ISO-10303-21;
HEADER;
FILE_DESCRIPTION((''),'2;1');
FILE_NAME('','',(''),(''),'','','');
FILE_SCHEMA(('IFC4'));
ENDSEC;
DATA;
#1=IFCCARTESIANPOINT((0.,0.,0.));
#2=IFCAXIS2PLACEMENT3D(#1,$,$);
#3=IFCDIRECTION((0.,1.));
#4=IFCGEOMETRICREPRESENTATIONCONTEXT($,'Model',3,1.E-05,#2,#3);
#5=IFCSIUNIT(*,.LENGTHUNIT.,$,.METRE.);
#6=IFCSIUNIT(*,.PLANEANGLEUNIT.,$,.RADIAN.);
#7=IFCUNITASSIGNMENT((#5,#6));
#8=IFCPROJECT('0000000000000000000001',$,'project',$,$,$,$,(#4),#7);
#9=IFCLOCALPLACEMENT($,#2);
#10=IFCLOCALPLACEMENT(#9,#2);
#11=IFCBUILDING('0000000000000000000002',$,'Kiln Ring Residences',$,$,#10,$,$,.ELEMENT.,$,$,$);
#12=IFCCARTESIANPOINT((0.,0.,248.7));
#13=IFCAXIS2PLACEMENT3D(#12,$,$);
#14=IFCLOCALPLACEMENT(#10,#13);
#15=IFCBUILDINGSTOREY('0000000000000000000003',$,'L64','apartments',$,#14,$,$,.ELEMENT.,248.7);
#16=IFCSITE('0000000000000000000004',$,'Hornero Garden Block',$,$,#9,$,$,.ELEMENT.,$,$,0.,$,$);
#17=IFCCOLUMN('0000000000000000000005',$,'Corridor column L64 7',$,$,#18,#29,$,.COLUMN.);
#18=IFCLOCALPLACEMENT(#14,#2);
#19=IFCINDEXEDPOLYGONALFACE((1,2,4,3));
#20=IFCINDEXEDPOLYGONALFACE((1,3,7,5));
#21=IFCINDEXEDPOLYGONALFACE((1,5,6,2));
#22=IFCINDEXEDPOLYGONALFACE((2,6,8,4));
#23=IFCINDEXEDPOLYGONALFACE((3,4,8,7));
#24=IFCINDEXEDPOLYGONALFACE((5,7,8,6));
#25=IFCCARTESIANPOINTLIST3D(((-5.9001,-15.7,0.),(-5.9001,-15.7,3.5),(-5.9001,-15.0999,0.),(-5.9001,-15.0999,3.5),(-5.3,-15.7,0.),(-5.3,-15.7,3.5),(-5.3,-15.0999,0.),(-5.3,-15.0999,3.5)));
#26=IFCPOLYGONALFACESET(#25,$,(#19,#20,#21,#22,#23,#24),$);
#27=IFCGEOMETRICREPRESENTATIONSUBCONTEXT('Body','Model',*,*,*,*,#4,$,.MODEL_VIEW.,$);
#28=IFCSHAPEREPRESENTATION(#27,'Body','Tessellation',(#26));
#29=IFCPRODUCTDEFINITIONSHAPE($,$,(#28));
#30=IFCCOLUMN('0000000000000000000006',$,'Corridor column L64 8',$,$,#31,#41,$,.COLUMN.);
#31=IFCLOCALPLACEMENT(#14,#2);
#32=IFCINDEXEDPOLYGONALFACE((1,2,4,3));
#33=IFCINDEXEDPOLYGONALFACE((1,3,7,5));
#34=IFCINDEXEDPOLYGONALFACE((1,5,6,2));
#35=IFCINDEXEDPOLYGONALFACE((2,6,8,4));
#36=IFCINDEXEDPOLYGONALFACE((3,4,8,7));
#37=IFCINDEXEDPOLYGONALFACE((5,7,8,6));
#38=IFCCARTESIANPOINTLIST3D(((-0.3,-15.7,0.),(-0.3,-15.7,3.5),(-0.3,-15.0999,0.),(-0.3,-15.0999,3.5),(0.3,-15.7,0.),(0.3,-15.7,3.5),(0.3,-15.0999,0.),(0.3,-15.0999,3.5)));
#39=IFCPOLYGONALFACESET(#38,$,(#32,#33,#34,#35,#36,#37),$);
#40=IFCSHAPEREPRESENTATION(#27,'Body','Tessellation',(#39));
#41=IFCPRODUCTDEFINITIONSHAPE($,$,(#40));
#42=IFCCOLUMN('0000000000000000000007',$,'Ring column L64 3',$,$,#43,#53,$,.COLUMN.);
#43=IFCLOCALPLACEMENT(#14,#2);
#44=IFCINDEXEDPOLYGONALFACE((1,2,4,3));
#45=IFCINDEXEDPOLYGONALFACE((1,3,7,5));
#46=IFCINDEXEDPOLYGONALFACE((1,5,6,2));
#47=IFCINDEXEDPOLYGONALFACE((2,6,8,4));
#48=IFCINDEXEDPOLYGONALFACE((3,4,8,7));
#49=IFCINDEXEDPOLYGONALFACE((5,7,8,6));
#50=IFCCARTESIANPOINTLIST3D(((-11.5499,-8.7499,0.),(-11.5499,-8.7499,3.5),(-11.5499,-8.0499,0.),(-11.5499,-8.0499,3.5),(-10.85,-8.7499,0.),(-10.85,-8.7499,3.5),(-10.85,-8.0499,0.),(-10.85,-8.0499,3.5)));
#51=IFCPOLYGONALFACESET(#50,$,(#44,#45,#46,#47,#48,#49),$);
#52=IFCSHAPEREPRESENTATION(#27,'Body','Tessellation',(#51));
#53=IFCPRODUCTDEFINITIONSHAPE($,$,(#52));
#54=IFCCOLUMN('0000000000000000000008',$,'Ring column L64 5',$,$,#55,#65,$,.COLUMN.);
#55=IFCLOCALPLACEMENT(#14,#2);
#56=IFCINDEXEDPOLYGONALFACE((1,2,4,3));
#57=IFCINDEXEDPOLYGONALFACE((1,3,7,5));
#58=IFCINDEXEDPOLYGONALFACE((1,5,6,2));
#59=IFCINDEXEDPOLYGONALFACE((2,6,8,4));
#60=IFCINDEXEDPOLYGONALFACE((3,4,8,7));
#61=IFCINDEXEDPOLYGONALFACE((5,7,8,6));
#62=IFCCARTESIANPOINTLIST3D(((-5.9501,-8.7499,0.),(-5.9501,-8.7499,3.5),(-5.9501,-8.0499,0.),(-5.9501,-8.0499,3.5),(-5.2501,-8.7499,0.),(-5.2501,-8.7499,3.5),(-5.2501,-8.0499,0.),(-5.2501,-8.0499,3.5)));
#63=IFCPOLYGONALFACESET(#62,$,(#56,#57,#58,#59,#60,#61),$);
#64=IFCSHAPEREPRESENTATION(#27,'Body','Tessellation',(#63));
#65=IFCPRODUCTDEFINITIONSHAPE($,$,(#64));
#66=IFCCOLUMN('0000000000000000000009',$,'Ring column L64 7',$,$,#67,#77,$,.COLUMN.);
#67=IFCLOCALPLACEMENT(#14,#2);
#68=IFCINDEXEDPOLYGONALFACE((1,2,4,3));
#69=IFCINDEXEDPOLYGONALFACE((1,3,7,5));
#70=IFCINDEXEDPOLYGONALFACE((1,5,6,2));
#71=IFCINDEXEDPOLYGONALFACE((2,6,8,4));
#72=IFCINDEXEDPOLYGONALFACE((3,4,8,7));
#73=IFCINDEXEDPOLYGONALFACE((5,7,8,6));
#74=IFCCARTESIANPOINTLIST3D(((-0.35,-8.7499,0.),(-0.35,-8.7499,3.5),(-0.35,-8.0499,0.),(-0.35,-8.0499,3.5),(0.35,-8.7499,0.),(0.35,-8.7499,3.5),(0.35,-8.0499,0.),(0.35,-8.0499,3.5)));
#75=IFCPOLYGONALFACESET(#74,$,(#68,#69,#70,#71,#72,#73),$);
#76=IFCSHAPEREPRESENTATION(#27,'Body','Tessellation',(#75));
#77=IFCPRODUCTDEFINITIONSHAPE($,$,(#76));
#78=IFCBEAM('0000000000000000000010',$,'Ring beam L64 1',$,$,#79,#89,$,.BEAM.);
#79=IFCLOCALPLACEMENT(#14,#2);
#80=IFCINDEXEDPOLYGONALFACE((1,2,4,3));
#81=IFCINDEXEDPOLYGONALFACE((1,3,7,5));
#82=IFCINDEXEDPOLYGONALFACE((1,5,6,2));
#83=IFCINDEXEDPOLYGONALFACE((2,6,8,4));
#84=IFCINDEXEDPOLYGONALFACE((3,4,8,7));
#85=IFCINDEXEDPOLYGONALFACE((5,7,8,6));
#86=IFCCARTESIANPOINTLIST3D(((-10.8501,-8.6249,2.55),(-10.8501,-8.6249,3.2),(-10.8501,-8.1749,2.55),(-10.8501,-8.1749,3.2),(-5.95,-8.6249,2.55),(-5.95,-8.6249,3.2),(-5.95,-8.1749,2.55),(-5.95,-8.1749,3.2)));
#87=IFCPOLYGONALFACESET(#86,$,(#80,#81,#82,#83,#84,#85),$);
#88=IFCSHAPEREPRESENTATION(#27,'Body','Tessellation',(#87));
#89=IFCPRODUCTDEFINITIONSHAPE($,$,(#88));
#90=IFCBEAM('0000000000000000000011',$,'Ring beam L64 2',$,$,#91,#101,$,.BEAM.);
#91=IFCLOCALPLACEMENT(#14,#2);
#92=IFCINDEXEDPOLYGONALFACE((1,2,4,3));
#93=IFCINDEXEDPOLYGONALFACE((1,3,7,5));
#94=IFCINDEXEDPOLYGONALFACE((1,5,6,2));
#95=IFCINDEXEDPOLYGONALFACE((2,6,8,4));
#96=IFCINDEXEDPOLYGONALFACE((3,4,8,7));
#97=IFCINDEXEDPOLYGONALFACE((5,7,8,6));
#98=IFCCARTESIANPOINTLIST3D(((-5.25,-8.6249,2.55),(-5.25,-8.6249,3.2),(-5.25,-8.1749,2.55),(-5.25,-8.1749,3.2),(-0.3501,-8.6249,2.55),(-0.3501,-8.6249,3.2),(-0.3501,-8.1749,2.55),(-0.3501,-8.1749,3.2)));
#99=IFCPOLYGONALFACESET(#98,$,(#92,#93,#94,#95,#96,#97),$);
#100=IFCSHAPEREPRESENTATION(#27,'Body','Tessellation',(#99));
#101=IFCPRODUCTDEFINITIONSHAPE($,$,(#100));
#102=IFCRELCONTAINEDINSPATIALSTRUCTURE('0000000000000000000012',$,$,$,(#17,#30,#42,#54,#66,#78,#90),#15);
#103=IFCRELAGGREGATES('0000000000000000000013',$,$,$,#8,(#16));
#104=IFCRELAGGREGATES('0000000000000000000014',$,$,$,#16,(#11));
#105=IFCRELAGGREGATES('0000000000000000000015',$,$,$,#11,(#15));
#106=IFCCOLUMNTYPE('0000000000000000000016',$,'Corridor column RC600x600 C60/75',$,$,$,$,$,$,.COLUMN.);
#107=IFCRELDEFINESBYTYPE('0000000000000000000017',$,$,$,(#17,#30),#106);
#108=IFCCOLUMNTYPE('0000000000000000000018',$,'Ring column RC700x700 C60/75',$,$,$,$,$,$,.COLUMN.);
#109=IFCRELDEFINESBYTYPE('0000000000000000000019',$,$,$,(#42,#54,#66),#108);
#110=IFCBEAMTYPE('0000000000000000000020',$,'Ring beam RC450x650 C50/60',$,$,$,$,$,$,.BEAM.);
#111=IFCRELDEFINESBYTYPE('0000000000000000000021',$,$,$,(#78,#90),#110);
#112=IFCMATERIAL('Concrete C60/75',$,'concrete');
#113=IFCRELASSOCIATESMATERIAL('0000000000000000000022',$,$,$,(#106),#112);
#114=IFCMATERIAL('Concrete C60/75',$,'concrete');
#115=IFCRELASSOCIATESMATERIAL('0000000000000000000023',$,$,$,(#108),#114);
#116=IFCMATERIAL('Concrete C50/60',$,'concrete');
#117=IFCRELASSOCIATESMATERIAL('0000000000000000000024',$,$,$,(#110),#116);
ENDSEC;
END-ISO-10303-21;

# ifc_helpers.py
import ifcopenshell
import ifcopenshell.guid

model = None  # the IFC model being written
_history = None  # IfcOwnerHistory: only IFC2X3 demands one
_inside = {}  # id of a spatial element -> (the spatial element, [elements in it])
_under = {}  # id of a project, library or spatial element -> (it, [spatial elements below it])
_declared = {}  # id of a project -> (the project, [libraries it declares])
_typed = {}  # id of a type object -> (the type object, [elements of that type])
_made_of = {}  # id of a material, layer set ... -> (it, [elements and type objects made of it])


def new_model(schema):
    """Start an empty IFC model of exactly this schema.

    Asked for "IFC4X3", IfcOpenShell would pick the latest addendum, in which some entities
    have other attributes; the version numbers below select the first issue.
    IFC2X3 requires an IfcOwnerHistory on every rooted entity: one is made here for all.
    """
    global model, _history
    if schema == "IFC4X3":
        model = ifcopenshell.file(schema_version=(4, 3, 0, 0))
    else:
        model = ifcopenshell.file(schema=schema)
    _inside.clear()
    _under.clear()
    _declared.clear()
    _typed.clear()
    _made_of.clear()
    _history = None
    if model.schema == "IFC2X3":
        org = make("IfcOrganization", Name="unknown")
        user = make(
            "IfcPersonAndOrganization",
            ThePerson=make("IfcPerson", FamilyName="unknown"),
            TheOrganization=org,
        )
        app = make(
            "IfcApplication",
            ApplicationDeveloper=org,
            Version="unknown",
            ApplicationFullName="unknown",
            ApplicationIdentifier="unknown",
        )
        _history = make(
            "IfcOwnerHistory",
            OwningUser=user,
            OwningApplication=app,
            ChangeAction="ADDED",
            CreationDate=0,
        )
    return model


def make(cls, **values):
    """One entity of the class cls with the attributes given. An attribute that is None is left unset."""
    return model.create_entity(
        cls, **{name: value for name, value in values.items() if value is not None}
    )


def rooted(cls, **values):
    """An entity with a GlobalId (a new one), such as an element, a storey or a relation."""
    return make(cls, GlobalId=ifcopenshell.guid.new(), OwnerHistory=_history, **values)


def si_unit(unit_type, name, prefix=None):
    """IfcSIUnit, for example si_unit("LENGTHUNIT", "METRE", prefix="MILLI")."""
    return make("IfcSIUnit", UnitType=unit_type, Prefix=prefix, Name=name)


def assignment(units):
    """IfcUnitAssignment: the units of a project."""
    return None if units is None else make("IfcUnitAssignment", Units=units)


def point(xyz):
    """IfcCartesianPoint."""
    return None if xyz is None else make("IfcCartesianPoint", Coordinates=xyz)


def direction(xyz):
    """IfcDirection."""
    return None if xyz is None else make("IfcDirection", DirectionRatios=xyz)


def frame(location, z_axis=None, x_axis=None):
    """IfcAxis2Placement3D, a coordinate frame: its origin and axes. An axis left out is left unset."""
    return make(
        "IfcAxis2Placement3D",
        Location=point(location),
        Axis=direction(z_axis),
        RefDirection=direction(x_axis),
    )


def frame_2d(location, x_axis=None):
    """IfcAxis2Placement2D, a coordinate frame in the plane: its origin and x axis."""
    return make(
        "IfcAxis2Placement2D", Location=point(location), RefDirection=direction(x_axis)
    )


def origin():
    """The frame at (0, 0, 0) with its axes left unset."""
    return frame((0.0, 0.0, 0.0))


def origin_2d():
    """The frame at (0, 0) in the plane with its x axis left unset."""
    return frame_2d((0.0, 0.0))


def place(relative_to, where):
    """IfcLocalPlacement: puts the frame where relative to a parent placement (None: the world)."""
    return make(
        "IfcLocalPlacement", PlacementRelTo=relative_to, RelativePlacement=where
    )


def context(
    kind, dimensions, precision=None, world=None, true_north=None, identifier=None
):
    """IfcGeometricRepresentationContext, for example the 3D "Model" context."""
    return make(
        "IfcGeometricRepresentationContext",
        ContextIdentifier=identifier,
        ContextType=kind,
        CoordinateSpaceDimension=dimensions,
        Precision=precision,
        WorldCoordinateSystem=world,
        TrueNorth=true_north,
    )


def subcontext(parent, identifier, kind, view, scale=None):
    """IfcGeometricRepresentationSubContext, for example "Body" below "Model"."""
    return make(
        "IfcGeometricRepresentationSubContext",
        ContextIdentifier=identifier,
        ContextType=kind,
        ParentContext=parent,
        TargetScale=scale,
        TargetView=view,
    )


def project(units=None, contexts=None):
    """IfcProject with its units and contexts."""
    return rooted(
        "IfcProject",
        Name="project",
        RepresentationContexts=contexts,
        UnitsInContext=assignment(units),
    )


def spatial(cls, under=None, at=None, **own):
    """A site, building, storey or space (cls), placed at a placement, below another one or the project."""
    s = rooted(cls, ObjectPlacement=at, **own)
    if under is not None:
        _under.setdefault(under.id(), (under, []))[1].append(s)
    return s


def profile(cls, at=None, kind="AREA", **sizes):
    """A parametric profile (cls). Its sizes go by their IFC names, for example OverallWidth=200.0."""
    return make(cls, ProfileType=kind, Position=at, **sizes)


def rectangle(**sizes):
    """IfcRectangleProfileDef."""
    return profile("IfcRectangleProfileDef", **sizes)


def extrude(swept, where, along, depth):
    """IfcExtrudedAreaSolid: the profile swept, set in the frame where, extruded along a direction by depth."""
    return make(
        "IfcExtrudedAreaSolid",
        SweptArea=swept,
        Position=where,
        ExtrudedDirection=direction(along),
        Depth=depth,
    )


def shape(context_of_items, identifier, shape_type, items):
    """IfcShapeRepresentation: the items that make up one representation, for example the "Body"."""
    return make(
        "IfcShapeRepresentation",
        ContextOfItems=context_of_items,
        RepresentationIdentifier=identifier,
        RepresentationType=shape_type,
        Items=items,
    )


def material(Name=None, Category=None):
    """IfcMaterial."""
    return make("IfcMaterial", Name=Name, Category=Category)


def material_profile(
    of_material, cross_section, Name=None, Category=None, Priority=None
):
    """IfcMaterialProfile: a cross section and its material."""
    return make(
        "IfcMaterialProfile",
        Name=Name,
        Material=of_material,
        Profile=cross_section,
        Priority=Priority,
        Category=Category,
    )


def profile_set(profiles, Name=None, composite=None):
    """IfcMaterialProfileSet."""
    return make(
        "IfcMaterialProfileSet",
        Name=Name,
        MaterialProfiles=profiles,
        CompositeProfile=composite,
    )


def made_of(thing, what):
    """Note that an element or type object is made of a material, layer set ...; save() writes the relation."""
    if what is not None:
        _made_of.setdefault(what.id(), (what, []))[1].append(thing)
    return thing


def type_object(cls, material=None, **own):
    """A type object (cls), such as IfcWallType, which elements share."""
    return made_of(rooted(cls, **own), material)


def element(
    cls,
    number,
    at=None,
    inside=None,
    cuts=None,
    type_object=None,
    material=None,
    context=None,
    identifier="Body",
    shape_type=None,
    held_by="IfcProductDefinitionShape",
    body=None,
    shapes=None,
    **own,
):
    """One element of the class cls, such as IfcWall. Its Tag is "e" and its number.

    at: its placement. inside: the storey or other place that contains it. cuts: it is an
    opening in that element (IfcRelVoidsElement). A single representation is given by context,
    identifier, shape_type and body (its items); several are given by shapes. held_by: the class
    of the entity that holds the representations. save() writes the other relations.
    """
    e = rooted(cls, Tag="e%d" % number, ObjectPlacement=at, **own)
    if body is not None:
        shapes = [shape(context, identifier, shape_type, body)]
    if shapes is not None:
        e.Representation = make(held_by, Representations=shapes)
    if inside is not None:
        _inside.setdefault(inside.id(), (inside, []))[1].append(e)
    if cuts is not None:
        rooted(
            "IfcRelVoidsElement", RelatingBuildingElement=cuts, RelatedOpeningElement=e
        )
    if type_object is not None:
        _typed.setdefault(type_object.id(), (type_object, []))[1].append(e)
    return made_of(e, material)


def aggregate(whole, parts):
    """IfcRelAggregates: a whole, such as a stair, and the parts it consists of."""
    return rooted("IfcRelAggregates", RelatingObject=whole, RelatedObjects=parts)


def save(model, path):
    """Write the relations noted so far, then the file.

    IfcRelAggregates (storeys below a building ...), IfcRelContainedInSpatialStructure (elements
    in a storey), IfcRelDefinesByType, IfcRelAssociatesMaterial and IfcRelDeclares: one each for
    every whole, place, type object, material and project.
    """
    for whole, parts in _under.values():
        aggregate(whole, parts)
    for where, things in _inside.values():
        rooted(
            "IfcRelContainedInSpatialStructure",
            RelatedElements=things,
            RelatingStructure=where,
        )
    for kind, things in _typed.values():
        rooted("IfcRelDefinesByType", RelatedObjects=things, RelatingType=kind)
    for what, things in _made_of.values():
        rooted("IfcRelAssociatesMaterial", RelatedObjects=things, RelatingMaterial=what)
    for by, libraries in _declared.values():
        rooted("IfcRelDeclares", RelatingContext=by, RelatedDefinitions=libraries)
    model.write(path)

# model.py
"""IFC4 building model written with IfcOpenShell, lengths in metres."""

from ifc_helpers import new_model, si_unit, direction, frame, origin, origin_2d, place, context, subcontext, project, spatial, rectangle, extrude, material, material_profile, profile_set, type_object, element, save


model = new_model("IFC4")

# Units and contexts
model_context = context("Model", 3, precision=1e-05, world=origin(), true_north=direction((0.0, 1.0)))
body_context = subcontext(model_context, "Body", "Model", "MODEL_VIEW")
ifc_project = project(units=[si_unit("LENGTHUNIT", "METRE"), si_unit("PLANEANGLEUNIT", "RADIAN")], contexts=[model_context])

# Site, building, storey
site_placement = place(None, origin())
site = spatial("IfcSite", under=ifc_project, at=site_placement, Name="Hornero Garden Block", CompositionType="ELEMENT", RefElevation=0.0)
building_placement = place(site_placement, origin())
building = spatial("IfcBuilding", under=site, at=building_placement, Name="Kiln Ring Residences", CompositionType="ELEMENT")
storey_placement = place(building_placement, frame((0.0, 0.0, 248.7)))
storey = spatial("IfcBuildingStorey", under=building, at=storey_placement, Name="L64", Description="apartments", CompositionType="ELEMENT", Elevation=248.7)

# Columns
ifc_material_1 = material(Name="Concrete C60/75", Category="concrete")
ifc_material_profile_1 = material_profile(ifc_material_1, rectangle(XDim=0.6001, YDim=0.6001, at=origin_2d()), Name="RC600x600")
ifc_profile_set_1 = profile_set([ifc_material_profile_1], Name="Concrete C60/75")
column_type_1 = type_object("IfcColumnType", Name="Corridor column RC600x600 C60/75", PredefinedType="COLUMN", material=ifc_profile_set_1)
for number, where, z_axis, x_axis, name in (
    (1, (-5.6001, -15.3999, 0.0), (0.0, 0.0, 1.0), (1.0, 0.0, 0.0), "Corridor column L64 7"),
    (2, (0.0, -15.3999, 0.0), (0.0, 0.0, 1.0), (1.0, 0.0, 0.0), "Corridor column L64 8"),
):
    element("IfcColumn", number, at=place(storey_placement, frame(where, z_axis=z_axis, x_axis=x_axis)), inside=storey, type_object=column_type_1, Name=name, PredefinedType="COLUMN", context=body_context, shape_type="SweptSolid", body=[
        extrude(rectangle(XDim=0.6001, YDim=0.6001, at=origin_2d()), origin(), (0.0, 0.0, 1.0), 3.5),
    ])
ifc_material_2 = material(Name="Concrete C60/75", Category="concrete")
ifc_material_profile_2 = material_profile(ifc_material_2, rectangle(XDim=0.7, YDim=0.7, at=origin_2d()), Name="RC700x700")
ifc_profile_set_2 = profile_set([ifc_material_profile_2], Name="Concrete C60/75")
column_type_2 = type_object("IfcColumnType", Name="Ring column RC700x700 C60/75", PredefinedType="COLUMN", material=ifc_profile_set_2)
for number, where, z_axis, x_axis, name in (
    (3, (-11.2, -8.3999, 0.0), (0.0, 0.0, 1.0), (1.0, 0.0, 0.0), "Ring column L64 3"),
    (4, (-5.6001, -8.3999, 0.0), (0.0, 0.0, 1.0), (1.0, 0.0, 0.0), "Ring column L64 5"),
    (5, (0.0, -8.3999, 0.0), (0.0, 0.0, 1.0), (1.0, 0.0, 0.0), "Ring column L64 7"),
):
    element("IfcColumn", number, at=place(storey_placement, frame(where, z_axis=z_axis, x_axis=x_axis)), inside=storey, type_object=column_type_2, Name=name, PredefinedType="COLUMN", context=body_context, shape_type="SweptSolid", body=[
        extrude(rectangle(XDim=0.7, YDim=0.7, at=origin_2d()), origin(), (0.0, 0.0, 1.0), 3.5),
    ])

# Beams
ifc_material_3 = material(Name="Concrete C50/60", Category="concrete")
ifc_material_profile_3 = material_profile(ifc_material_3, rectangle(XDim=0.45, YDim=0.6499, at=origin_2d()), Name="RC450x650")
ifc_profile_set_3 = profile_set([ifc_material_profile_3], Name="Concrete C50/60")
beam_type = type_object("IfcBeamType", Name="Ring beam RC450x650 C50/60", PredefinedType="BEAM", material=ifc_profile_set_3)
beam_1_placement = place(storey_placement, frame((-10.8501, -8.3999, 2.875), z_axis=(1.0, 0.0, 0.0), x_axis=(0.0, 1.0, 0.0)))
element("IfcBeam", 6, at=beam_1_placement, inside=storey, type_object=beam_type, Name="Ring beam L64 1", PredefinedType="BEAM", context=body_context, shape_type="SweptSolid", body=[
    extrude(rectangle(XDim=0.45, YDim=0.6499, at=origin_2d()), origin(), (0.0, 0.0, 1.0), 4.9001),
])
beam_2_placement = place(storey_placement, frame((-5.25, -8.3999, 2.875), z_axis=(1.0, 0.0, 0.0), x_axis=(0.0, 1.0, 0.0)))
element("IfcBeam", 7, at=beam_2_placement, inside=storey, type_object=beam_type, Name="Ring beam L64 2", PredefinedType="BEAM", context=body_context, shape_type="SweptSolid", body=[
    extrude(rectangle(XDim=0.45, YDim=0.6499, at=origin_2d()), origin(), (0.0, 0.0, 1.0), 4.8999),
])

save(model, "model.ifc")
